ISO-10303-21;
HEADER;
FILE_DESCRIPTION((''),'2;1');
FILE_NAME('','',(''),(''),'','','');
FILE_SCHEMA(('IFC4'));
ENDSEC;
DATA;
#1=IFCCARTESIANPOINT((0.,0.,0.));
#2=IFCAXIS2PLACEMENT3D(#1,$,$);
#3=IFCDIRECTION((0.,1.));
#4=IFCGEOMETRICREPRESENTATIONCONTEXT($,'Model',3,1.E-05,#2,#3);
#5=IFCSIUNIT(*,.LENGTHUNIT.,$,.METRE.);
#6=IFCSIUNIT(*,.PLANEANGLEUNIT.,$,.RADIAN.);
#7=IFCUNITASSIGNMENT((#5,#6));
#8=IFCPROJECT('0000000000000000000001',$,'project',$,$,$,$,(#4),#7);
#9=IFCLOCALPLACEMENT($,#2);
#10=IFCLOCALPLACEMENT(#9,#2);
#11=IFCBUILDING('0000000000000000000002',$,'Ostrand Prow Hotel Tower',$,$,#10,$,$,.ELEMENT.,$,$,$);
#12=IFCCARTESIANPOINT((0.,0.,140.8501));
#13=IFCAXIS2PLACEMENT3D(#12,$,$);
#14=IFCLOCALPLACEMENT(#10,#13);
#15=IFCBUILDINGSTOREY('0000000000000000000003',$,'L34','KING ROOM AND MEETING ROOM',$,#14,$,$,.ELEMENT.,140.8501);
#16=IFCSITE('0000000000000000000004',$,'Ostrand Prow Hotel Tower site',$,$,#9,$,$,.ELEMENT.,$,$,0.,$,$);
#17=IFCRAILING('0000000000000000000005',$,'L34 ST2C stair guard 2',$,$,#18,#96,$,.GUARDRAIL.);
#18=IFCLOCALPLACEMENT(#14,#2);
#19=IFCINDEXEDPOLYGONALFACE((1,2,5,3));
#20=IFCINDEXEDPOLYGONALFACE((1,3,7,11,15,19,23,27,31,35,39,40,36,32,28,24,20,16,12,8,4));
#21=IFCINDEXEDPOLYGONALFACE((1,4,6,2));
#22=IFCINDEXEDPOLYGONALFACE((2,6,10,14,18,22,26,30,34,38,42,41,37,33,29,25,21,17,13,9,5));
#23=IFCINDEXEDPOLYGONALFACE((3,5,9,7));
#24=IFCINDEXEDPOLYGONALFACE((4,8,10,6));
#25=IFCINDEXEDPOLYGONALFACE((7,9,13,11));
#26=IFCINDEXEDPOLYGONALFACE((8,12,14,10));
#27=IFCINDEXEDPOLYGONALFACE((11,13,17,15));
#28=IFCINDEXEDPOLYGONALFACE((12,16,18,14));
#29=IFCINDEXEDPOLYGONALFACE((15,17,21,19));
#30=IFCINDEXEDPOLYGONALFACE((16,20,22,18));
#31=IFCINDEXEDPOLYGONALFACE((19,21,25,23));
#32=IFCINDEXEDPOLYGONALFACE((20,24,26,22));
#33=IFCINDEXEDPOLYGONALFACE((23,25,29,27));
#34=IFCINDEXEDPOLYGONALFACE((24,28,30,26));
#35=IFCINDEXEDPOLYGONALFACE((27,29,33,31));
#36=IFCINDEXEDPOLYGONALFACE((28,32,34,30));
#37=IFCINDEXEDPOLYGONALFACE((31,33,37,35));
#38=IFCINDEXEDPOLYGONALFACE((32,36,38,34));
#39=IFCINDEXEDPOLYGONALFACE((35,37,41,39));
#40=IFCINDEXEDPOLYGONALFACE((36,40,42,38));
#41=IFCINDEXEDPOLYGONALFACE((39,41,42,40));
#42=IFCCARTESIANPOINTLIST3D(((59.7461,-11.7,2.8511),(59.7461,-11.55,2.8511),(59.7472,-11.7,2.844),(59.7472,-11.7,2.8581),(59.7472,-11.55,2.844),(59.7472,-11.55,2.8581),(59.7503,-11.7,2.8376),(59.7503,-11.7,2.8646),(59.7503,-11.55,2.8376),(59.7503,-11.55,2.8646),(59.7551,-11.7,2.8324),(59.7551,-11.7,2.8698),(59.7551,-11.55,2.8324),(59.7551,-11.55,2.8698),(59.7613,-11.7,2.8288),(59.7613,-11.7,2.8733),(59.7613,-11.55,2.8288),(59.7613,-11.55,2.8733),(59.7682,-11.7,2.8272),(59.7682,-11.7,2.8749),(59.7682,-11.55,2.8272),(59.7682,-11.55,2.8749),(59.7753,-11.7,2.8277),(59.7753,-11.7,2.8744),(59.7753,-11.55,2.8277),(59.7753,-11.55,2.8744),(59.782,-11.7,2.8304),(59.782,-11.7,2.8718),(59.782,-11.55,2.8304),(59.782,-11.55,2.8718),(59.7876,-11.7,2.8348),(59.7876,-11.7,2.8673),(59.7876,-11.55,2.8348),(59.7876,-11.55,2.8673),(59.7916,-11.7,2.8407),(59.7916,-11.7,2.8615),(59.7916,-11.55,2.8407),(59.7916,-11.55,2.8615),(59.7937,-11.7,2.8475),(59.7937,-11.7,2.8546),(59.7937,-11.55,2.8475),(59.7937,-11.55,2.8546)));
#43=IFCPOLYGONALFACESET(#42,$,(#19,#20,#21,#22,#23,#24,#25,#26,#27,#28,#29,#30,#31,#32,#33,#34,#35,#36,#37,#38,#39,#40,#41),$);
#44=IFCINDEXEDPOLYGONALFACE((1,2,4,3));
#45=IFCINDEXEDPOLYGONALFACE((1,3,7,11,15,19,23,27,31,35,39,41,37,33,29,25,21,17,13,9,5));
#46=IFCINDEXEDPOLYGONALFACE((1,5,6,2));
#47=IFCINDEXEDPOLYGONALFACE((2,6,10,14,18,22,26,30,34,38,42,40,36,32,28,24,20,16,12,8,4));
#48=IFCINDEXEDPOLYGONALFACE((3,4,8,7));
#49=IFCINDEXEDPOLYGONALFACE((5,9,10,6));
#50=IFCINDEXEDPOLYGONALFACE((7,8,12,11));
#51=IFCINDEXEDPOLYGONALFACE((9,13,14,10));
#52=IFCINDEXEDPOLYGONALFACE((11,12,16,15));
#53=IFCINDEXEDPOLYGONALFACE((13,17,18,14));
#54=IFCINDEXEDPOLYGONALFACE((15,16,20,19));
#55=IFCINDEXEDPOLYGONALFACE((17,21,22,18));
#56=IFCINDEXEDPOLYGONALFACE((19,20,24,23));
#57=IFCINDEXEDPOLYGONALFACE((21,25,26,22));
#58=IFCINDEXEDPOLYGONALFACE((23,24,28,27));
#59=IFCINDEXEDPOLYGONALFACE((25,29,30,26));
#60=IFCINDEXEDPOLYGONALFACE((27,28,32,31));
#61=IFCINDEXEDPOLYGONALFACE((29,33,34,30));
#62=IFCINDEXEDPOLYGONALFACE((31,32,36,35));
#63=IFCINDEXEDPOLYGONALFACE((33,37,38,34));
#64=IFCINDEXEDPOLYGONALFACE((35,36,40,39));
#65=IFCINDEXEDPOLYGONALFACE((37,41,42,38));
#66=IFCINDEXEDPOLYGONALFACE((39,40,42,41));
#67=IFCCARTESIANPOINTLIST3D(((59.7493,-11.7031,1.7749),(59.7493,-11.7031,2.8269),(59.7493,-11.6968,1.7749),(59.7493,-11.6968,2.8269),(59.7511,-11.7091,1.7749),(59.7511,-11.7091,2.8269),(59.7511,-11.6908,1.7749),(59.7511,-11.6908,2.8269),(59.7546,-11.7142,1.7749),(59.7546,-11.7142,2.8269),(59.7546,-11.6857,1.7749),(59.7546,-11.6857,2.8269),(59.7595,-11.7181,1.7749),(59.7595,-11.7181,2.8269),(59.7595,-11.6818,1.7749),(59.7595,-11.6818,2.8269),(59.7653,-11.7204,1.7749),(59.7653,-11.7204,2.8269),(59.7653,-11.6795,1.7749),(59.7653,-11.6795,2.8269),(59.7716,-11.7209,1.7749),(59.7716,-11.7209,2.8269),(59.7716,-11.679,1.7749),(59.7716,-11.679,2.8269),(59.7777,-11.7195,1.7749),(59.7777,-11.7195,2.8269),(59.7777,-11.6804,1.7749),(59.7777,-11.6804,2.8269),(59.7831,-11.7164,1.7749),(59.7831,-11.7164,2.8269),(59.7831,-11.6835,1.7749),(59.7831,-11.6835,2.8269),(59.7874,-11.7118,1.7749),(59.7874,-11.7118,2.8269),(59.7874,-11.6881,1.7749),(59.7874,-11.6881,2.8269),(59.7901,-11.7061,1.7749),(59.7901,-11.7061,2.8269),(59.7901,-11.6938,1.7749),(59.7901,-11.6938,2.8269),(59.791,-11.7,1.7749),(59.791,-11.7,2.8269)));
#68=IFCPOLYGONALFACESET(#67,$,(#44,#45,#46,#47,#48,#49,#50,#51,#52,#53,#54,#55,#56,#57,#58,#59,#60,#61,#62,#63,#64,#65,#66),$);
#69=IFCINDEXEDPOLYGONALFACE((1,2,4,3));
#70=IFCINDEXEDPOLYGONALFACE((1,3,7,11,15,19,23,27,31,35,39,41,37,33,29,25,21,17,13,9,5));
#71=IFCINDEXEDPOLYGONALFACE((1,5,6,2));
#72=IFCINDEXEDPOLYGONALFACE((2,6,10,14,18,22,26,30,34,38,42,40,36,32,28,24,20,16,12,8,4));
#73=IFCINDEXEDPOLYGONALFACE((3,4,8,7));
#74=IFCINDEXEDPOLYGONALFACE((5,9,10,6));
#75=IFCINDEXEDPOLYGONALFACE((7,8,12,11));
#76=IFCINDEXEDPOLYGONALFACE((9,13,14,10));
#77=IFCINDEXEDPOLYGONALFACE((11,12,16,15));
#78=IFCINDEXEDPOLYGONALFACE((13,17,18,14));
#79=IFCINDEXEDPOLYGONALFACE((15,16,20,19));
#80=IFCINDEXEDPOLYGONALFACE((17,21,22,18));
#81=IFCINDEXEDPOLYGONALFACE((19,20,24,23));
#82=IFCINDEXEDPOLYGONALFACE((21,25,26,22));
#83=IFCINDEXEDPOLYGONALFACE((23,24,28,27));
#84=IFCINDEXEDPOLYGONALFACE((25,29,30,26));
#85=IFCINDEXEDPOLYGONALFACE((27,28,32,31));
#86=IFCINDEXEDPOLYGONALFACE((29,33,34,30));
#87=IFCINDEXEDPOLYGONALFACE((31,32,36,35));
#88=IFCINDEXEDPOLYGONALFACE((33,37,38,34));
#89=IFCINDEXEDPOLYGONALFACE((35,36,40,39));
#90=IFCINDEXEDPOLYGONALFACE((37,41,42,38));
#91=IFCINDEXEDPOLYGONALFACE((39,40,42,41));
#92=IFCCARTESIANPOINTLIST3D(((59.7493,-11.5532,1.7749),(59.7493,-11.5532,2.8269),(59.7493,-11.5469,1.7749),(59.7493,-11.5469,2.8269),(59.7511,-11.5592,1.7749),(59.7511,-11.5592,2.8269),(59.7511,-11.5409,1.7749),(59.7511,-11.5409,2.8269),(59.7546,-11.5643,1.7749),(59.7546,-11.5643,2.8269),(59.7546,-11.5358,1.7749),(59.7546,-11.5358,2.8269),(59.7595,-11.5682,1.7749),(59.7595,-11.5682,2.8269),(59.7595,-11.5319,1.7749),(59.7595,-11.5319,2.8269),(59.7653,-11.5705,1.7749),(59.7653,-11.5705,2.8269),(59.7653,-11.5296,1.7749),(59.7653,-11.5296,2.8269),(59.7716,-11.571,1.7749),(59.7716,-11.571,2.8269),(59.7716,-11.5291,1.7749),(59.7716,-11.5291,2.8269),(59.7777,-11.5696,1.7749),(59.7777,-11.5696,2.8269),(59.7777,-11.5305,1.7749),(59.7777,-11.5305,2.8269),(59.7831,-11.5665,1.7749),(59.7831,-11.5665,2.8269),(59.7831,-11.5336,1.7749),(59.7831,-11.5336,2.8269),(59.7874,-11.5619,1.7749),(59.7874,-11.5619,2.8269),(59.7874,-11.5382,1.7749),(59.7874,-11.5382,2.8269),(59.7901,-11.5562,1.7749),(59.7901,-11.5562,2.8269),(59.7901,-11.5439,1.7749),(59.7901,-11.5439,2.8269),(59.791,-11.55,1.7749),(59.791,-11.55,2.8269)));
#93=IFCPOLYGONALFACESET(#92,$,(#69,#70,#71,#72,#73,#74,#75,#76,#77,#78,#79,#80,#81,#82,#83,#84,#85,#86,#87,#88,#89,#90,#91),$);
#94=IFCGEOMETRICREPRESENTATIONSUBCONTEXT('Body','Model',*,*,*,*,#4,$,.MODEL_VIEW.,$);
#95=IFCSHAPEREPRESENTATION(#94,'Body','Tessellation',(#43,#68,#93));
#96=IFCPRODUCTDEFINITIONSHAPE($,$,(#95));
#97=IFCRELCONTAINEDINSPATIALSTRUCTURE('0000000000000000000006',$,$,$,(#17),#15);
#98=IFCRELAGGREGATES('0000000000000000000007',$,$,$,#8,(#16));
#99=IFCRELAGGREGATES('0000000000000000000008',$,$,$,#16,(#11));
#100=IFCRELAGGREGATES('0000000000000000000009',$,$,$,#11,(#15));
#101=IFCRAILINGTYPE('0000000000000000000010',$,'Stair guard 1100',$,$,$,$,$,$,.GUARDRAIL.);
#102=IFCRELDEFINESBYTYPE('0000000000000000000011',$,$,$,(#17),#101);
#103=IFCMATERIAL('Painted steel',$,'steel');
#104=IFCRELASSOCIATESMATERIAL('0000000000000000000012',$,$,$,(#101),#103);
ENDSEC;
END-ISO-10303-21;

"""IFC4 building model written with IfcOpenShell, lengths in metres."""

from ifc_helpers import new_model, si_unit, direction, frame, origin, origin_2d, place, context, subcontext, project, spatial, circle, extrude, material, type_object, element, save


model = new_model("IFC4")

# Units and contexts
model_context = context("Model", 3, precision=1e-05, world=origin(), true_north=direction((0.0, 1.0)))
body_context = subcontext(model_context, "Body", "Model", "MODEL_VIEW")
ifc_project = project(units=[si_unit("LENGTHUNIT", "METRE"), si_unit("PLANEANGLEUNIT", "RADIAN")], contexts=[model_context])

# Site, building, storey
site_placement = place(None, origin())
site = spatial("IfcSite", under=ifc_project, at=site_placement, Name="Ostrand Prow Hotel Tower site", CompositionType="ELEMENT", RefElevation=0.0)
building_placement = place(site_placement, origin())
building = spatial("IfcBuilding", under=site, at=building_placement, Name="Ostrand Prow Hotel Tower", CompositionType="ELEMENT")
storey_placement = place(building_placement, frame((0.0, 0.0, 140.8501)))
storey = spatial("IfcBuildingStorey", under=building, at=storey_placement, Name="L34", Description="KING ROOM AND MEETING ROOM", CompositionType="ELEMENT", Elevation=140.8501)

# Railing
ifc_material_1 = material(Name="Painted steel", Category="steel")
railing_type_1 = type_object("IfcRailingType", Name="Stair guard 1100", PredefinedType="GUARDRAIL", material=ifc_material_1)
railing_1_placement = place(storey_placement, frame((59.77, -11.7, 1.7749)))
element("IfcRailing", 1, at=railing_1_placement, inside=storey, type_object=railing_type_1, Name="L34 ST2C stair guard 2", PredefinedType="GUARDRAIL", context=body_context, shape_type="SweptSolid", body=[
    extrude(circle(Radius=0.0239, at=origin_2d()), frame((0.0, 0.0, 1.0762), z_axis=(0.0, 1.0, 0.0), x_axis=(-1.0, 0.0, 0.0)), (0.0, 0.0, 1.0), 0.1499),
    extrude(circle(Radius=0.021, at=origin_2d()), origin(), (0.0, 0.0, 1.0), 1.052),
    extrude(circle(Radius=0.021, at=origin_2d()), frame((0.0, 0.1499, 0.0)), (0.0, 0.0, 1.0), 1.052),
])

save(model, "model.ifc")
